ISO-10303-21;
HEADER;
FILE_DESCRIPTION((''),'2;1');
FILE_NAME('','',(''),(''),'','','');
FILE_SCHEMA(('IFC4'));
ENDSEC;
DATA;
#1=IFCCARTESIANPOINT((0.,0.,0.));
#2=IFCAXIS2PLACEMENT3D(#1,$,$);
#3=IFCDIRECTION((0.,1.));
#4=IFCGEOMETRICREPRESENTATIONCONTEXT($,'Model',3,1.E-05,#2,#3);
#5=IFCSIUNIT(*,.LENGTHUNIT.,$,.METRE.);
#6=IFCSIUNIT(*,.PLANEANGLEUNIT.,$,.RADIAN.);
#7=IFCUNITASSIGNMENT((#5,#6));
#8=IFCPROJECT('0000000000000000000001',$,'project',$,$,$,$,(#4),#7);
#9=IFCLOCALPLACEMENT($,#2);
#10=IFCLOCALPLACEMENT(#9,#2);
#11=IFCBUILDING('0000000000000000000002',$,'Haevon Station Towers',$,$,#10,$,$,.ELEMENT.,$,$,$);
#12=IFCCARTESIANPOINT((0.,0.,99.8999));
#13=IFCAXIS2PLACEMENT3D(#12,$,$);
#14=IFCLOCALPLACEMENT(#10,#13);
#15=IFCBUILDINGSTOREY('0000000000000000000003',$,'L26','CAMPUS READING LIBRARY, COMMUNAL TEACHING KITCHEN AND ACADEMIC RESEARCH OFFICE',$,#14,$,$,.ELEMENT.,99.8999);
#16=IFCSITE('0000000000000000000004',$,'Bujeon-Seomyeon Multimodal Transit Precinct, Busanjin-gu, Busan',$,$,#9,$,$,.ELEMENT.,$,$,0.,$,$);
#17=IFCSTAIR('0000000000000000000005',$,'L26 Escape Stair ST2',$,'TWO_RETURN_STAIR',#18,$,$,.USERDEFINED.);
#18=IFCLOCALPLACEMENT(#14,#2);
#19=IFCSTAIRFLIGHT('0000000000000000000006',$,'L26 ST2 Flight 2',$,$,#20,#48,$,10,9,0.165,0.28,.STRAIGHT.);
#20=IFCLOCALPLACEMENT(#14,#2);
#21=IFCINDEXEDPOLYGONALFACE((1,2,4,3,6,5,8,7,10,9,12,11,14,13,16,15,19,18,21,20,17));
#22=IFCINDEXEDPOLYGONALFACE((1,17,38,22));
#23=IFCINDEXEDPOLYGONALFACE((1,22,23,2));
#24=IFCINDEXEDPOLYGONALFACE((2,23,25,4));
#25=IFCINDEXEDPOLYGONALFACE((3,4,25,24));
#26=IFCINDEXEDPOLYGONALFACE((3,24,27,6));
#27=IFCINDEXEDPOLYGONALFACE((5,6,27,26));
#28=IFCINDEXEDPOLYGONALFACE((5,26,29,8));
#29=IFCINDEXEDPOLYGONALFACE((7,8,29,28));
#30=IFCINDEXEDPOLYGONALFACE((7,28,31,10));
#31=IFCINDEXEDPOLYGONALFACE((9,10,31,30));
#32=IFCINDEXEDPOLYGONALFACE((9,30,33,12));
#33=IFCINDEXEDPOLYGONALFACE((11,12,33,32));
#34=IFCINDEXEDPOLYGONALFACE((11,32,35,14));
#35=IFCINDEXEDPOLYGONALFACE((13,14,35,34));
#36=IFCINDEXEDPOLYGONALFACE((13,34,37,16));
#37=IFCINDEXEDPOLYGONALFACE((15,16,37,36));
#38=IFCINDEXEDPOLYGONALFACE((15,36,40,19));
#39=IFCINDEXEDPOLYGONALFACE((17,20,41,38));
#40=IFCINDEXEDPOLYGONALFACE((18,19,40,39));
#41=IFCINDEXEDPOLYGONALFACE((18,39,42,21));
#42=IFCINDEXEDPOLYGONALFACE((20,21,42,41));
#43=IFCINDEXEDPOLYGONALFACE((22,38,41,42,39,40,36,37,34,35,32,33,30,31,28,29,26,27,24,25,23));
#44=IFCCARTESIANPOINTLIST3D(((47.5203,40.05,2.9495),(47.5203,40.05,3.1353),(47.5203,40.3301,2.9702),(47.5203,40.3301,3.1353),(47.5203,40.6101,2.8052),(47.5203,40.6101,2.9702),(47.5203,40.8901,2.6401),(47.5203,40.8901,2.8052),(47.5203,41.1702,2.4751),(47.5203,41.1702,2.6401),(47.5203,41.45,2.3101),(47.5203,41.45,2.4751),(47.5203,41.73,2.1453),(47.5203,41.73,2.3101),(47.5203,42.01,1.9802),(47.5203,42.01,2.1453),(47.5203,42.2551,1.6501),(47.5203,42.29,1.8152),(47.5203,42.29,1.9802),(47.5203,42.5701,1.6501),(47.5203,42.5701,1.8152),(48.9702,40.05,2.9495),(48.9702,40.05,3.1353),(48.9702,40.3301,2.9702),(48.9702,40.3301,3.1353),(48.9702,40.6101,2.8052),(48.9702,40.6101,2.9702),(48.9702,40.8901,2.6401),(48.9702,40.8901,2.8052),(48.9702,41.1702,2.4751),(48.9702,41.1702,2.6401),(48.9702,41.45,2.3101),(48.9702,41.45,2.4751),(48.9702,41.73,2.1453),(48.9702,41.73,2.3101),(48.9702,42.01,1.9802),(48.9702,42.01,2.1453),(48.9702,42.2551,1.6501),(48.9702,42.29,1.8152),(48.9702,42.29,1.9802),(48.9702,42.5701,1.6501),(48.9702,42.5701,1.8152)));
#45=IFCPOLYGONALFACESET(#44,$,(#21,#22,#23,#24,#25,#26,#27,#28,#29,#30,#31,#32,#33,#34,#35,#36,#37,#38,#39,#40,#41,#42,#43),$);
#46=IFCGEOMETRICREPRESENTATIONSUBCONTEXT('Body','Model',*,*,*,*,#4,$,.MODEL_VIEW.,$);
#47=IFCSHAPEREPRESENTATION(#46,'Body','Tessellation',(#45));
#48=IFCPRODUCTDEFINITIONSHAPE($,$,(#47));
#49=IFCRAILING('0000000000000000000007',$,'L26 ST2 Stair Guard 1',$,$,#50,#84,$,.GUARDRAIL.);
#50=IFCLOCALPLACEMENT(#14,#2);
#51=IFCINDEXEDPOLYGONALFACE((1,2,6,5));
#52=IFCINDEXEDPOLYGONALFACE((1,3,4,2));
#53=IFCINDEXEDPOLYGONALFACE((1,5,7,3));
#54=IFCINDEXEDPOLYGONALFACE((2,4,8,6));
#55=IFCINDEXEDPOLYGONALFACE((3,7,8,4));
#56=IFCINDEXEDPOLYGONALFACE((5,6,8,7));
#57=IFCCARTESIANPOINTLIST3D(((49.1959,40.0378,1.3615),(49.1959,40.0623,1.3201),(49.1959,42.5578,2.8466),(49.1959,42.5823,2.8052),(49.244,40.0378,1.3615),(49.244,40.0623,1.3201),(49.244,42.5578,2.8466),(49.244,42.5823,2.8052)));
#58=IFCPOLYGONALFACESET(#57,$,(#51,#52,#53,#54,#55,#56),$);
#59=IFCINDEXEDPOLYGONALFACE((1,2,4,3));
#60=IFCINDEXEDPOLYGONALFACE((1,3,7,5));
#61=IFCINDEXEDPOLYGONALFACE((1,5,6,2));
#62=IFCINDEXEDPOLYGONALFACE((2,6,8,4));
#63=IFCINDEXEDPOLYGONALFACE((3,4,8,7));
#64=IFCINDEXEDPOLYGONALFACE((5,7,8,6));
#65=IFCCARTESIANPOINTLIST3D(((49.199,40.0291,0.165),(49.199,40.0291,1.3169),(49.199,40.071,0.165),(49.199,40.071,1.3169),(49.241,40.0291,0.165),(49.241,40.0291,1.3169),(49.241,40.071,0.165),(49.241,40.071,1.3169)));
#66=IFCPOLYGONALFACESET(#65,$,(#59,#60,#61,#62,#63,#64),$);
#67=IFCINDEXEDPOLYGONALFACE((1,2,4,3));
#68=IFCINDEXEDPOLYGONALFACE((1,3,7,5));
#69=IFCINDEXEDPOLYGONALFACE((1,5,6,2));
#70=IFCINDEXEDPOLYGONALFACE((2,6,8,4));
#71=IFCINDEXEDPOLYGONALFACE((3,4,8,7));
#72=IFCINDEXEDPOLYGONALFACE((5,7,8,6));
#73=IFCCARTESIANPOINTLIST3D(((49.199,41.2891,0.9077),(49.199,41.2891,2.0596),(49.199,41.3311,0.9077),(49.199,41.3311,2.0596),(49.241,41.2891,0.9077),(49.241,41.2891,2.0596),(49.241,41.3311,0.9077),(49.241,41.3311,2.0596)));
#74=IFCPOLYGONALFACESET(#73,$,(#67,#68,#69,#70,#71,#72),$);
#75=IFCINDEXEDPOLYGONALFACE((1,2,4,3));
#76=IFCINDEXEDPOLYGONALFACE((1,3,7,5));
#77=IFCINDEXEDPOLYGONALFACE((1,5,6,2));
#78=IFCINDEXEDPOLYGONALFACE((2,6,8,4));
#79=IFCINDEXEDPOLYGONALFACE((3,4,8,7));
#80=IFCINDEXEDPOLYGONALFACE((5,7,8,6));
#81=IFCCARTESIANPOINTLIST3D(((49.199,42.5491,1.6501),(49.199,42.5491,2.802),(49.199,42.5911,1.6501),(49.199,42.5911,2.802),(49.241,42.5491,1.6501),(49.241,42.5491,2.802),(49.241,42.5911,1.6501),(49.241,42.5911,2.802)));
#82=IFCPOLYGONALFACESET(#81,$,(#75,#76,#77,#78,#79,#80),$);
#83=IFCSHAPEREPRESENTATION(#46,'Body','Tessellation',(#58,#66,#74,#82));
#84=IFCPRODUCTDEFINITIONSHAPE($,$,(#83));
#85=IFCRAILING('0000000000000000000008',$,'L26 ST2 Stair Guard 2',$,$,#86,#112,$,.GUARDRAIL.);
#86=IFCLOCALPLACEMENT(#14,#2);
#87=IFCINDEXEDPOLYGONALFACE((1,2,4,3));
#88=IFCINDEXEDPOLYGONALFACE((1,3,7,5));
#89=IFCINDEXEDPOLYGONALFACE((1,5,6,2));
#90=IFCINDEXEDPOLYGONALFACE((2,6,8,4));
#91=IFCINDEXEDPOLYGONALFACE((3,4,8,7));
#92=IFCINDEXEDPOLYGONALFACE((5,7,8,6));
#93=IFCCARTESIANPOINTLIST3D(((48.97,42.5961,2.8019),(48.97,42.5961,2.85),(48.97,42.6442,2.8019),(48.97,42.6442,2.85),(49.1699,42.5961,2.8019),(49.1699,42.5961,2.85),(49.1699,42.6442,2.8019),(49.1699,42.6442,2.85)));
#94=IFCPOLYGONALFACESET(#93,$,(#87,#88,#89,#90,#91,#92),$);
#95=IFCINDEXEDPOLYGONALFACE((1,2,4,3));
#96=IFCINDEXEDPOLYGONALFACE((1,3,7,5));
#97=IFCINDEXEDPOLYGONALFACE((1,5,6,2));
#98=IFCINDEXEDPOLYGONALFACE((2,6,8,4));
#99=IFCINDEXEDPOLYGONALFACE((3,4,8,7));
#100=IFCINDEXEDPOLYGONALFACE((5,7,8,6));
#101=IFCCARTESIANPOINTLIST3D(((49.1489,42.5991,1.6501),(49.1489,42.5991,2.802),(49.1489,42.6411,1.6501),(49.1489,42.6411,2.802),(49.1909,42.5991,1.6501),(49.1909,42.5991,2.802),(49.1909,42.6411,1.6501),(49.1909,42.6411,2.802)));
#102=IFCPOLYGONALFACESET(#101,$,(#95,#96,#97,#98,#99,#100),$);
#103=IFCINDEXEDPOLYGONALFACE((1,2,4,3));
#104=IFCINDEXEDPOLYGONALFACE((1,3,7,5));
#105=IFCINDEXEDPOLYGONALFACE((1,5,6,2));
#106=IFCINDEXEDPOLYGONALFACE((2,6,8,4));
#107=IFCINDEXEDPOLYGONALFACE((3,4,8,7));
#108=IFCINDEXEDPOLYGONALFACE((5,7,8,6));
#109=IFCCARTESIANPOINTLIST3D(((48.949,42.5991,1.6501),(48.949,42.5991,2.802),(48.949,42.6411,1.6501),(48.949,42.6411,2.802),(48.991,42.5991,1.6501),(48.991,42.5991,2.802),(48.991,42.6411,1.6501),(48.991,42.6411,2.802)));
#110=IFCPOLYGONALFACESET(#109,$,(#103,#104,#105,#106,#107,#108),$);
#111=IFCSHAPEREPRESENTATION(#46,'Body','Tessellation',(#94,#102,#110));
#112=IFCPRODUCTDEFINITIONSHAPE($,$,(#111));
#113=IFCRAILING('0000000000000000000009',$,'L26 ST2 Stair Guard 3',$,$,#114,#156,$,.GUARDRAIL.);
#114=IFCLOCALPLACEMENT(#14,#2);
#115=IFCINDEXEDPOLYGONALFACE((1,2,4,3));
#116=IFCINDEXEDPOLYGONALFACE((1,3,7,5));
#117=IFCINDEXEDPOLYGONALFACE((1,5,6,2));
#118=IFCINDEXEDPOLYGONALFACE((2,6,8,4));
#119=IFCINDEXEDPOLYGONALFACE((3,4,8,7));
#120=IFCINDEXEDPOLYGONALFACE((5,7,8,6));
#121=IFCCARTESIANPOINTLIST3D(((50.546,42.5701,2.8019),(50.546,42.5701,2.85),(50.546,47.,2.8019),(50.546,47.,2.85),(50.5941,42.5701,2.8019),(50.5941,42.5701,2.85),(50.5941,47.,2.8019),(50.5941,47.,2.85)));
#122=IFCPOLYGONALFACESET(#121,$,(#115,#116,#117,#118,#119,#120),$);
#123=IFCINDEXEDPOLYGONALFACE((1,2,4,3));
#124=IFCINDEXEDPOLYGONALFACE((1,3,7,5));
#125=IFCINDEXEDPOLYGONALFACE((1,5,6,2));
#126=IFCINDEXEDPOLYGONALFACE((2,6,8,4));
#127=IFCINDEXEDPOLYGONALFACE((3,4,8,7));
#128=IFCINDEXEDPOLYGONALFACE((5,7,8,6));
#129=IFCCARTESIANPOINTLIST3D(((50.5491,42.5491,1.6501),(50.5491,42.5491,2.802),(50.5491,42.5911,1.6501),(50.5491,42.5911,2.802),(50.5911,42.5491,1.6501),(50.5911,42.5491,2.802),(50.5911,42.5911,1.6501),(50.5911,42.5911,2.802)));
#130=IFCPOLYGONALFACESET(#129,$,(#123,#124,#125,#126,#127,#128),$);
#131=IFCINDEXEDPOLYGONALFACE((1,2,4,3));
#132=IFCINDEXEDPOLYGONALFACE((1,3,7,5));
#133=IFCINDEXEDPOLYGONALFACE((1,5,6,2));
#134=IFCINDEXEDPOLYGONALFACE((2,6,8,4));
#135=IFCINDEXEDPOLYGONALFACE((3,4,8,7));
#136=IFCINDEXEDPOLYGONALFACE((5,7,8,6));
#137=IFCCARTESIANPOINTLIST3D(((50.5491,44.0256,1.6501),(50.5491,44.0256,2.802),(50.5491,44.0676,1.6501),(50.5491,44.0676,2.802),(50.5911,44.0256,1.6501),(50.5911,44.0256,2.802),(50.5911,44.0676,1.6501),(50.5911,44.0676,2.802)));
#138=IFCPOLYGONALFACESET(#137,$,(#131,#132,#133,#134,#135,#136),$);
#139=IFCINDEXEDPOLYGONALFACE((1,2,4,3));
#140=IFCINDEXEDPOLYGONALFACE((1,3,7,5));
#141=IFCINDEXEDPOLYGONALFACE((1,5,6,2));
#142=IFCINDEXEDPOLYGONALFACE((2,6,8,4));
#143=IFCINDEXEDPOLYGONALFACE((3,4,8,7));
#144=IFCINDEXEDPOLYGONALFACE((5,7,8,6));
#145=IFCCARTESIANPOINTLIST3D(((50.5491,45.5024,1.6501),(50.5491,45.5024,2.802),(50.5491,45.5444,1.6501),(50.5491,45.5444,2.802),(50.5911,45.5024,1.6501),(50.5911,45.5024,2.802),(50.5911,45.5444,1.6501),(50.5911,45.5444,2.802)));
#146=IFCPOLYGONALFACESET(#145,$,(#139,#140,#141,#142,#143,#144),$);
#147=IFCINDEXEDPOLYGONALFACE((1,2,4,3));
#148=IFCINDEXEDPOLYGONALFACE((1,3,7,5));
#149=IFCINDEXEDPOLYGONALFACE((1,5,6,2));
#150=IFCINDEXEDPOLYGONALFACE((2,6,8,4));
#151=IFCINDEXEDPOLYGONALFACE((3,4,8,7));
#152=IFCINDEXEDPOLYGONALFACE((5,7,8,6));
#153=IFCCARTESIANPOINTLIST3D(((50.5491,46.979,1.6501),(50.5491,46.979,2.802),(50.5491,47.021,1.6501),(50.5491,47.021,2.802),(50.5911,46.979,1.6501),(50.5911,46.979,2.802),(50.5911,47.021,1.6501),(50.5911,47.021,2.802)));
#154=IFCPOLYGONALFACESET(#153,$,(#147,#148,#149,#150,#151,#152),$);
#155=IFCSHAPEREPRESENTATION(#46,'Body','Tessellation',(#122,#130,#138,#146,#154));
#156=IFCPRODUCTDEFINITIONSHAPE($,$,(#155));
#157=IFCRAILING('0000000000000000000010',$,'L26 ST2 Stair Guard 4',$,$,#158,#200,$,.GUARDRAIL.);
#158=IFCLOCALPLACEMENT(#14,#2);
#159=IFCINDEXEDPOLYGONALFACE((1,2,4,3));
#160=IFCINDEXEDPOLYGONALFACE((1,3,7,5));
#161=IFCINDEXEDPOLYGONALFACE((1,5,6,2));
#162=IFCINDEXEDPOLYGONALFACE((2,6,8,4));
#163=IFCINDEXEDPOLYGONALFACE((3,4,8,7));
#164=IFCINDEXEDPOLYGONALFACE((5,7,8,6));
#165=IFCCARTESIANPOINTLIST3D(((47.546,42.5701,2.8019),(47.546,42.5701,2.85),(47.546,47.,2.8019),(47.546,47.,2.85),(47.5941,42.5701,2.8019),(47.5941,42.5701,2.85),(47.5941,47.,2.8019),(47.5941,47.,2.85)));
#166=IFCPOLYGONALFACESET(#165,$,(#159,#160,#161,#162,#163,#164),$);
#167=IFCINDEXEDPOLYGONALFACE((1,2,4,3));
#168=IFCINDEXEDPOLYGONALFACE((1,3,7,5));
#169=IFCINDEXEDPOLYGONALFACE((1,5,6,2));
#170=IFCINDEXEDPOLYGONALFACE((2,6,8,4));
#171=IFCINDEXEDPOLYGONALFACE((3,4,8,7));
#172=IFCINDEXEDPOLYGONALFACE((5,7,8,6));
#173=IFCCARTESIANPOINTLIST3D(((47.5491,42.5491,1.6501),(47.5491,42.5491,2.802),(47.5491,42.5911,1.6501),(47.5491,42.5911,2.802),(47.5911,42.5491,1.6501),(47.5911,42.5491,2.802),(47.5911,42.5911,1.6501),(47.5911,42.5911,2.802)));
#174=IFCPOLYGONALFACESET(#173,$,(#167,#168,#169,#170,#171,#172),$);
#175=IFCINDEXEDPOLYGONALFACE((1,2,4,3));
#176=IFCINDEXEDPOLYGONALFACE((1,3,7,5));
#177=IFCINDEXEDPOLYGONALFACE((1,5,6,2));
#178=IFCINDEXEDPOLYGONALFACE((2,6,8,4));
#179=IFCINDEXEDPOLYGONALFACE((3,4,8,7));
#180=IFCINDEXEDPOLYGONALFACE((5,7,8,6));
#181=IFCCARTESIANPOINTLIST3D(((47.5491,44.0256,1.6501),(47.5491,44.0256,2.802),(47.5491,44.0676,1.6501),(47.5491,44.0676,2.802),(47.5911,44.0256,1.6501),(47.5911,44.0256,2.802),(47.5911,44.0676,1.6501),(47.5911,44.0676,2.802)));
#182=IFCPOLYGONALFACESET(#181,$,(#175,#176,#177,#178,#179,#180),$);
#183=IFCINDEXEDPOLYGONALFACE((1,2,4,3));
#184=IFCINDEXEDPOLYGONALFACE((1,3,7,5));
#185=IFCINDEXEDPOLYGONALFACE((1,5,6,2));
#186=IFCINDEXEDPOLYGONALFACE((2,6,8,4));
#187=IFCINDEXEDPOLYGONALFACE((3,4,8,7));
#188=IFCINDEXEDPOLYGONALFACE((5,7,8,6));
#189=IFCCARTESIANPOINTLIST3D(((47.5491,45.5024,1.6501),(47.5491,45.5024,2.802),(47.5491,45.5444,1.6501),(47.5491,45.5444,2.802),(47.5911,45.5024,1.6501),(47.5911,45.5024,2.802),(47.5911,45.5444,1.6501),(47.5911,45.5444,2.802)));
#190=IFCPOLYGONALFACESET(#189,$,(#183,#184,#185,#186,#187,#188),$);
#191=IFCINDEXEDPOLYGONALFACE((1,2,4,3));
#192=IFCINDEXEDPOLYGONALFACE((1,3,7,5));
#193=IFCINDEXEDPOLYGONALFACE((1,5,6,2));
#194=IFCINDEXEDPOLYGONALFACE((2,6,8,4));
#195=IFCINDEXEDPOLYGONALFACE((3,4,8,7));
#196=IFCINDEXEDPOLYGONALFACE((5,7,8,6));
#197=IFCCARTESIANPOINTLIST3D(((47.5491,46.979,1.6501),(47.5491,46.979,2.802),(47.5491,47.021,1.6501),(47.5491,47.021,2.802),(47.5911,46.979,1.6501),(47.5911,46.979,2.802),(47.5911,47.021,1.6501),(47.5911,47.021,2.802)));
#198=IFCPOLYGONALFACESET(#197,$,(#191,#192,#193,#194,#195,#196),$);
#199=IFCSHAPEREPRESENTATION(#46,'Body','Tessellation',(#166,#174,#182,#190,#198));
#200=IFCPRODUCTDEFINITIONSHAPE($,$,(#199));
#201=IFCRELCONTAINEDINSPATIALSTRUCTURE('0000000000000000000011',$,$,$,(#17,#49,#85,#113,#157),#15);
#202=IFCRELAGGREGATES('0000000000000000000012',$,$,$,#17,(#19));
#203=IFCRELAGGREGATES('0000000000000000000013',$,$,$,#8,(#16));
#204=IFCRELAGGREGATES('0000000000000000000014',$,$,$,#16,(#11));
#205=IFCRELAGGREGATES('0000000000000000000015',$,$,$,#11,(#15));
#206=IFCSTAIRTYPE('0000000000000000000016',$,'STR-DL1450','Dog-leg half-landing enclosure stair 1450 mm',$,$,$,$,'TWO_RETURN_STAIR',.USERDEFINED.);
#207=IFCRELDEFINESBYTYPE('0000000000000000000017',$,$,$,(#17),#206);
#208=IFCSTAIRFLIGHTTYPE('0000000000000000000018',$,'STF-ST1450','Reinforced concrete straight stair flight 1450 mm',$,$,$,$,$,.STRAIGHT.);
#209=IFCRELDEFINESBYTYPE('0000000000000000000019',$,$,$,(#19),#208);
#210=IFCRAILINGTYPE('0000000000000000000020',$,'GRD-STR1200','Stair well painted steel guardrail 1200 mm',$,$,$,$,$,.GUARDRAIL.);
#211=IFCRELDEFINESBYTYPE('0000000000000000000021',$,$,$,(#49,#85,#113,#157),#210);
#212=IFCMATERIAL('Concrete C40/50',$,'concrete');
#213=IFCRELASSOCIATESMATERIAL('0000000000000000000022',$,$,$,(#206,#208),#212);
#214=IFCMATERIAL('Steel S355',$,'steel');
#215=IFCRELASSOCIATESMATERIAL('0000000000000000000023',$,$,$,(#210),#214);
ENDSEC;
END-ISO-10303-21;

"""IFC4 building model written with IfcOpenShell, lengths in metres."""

from ifc_helpers import new_model, si_unit, direction, frame, origin, origin_2d, place, context, subcontext, project, spatial, polyline, rectangle, outline, extrude, material, type_object, element, aggregate, save


model = new_model("IFC4")

# Units and contexts
model_context = context("Model", 3, precision=1e-05, world=origin(), true_north=direction((0.0, 1.0)))
body_context = subcontext(model_context, "Body", "Model", "MODEL_VIEW")
ifc_project = project(units=[si_unit("LENGTHUNIT", "METRE"), si_unit("PLANEANGLEUNIT", "RADIAN")], contexts=[model_context])

# Site, building, storey
site_placement = place(None, origin())
site = spatial("IfcSite", under=ifc_project, at=site_placement, Name="Bujeon-Seomyeon Multimodal Transit Precinct, Busanjin-gu, Busan", CompositionType="ELEMENT", RefElevation=0.0)
building_placement = place(site_placement, origin())
building = spatial("IfcBuilding", under=site, at=building_placement, Name="Haevon Station Towers", CompositionType="ELEMENT")
storey_placement = place(building_placement, frame((0.0, 0.0, 99.8999)))
storey = spatial("IfcBuildingStorey", under=building, at=storey_placement, Name="L26", Description="CAMPUS READING LIBRARY, COMMUNAL TEACHING KITCHEN AND ACADEMIC RESEARCH OFFICE", CompositionType="ELEMENT", Elevation=99.8999)

# Shared definitions
ifc_material_1 = material(Name="Steel S355", Category="steel")

# Shared definitions
ifc_material_2 = material(Name="Concrete C40/50", Category="concrete")

# Stair, stair flight
stair_type = type_object("IfcStairType", Name="STR-DL1450", Description="Dog-leg half-landing enclosure stair 1450 mm", ElementType="TWO_RETURN_STAIR", PredefinedType="USERDEFINED", material=ifc_material_2)
stair_placement = place(storey_placement, origin())
stair = element("IfcStair", 1, at=stair_placement, inside=storey, type_object=stair_type, Name="L26 Escape Stair ST2", ObjectType="TWO_RETURN_STAIR", PredefinedType="USERDEFINED")
stair_flight_type = type_object("IfcStairFlightType", Name="STF-ST1450", Description="Reinforced concrete straight stair flight 1450 mm", PredefinedType="STRAIGHT", material=ifc_material_2)
stair_flight_1_placement = place(storey_placement, frame((48.2451, 42.5701, 1.6501), z_axis=(0.0, 0.0, 1.0), x_axis=(0.0, -1.0, 0.0)))
stair_flight_1 = element("IfcStairFlight", 2, at=stair_flight_1_placement, type_object=stair_flight_type, Name="L26 ST2 Flight 2", NumberOfRisers=10, NumberOfTreads=9, PredefinedType="STRAIGHT", RiserHeight=0.165, TreadLength=0.28, context=body_context, shape_type="SweptSolid", body=[
    extrude(outline(polyline([(0.0, 0.0), (0.0, 0.165), (0.28, 0.165), (0.28, 0.3301), (0.5601, 0.3301), (0.5601, 0.4951), (0.8401, 0.4951), (0.8401, 0.6599), (1.1201, 0.6599), (1.1201, 0.825), (1.3999, 0.825), (1.3999, 0.99), (1.6799, 0.99), (1.6799, 1.155), (1.96, 1.155), (1.96, 1.3201), (2.24, 1.3201), (2.24, 1.4851), (2.52, 1.4851), (2.52, 1.6499), (2.52, 1.2993), (0.3149, 0.0), (0.0, 0.0)])), frame((0.0, 0.7251, 0.0), z_axis=(0.0, -1.0, 0.0), x_axis=(1.0, 0.0, 0.0)), (0.0, 0.0, 1.0), 1.45),
])
aggregate(stair, [stair_flight_1])

# Railings
railing_type_1 = type_object("IfcRailingType", Name="GRD-STR1200", Description="Stair well painted steel guardrail 1200 mm", PredefinedType="GUARDRAIL", material=ifc_material_1)
railing_1_placement = place(storey_placement, frame((49.22, 40.05, 0.165)))
element("IfcRailing", 3, at=railing_1_placement, inside=storey, type_object=railing_type_1, Name="L26 ST2 Stair Guard 1", PredefinedType="GUARDRAIL", context=body_context, shape_type="SweptSolid", body=[
    extrude(rectangle(XDim=0.0481, YDim=0.0481, at=origin_2d()), frame((0.0, 0.0, 1.1758), z_axis=(0.0, 0.861524, 0.507717), x_axis=(-1.0, 0.0, 0.0)), (0.0, 0.0, 1.0), 2.925),
    extrude(rectangle(XDim=0.042, YDim=0.042, at=origin_2d()), origin(), (0.0, 0.0, 1.0), 1.1519),
    extrude(rectangle(XDim=0.042, YDim=0.042, at=origin_2d()), frame((0.0, 1.26, 0.7427)), (0.0, 0.0, 1.0), 1.1519),
    extrude(rectangle(XDim=0.042, YDim=0.042, at=origin_2d()), frame((0.0, 2.52, 1.4851)), (0.0, 0.0, 1.0), 1.1519),
])
railing_2_placement = place(storey_placement, frame((49.1699, 42.6201, 1.6501)))
element("IfcRailing", 4, at=railing_2_placement, inside=storey, type_object=railing_type_1, Name="L26 ST2 Stair Guard 2", PredefinedType="GUARDRAIL", context=body_context, shape_type="SweptSolid", body=[
    extrude(rectangle(XDim=0.0481, YDim=0.0481, at=origin_2d()), frame((0.0, 0.0, 1.1758), z_axis=(-1.0, 0.0, 0.0), x_axis=(0.0, -1.0, 0.0)), (0.0, 0.0, 1.0), 0.2),
    extrude(rectangle(XDim=0.042, YDim=0.042, at=origin_2d()), origin(), (0.0, 0.0, 1.0), 1.1519),
    extrude(rectangle(XDim=0.042, YDim=0.042, at=origin_2d()), frame((-0.2, 0.0, 0.0)), (0.0, 0.0, 1.0), 1.1519),
])
for number, where, name in (
    (5, (50.5701, 42.5701, 1.6501), "L26 ST2 Stair Guard 3"),
    (6, (47.5701, 42.5701, 1.6501), "L26 ST2 Stair Guard 4"),
):
    element("IfcRailing", number, at=place(storey_placement, frame(where)), inside=storey, type_object=railing_type_1, Name=name, PredefinedType="GUARDRAIL", context=body_context, shape_type="SweptSolid", body=[
        extrude(rectangle(XDim=0.0481, YDim=0.0481, at=origin_2d()), frame((0.0, 0.0, 1.1758), z_axis=(0.0, 1.0, 0.0), x_axis=(-1.0, 0.0, 0.0)), (0.0, 0.0, 1.0), 4.4299),
        extrude(rectangle(XDim=0.042, YDim=0.042, at=origin_2d()), origin(), (0.0, 0.0, 1.0), 1.1519),
        extrude(rectangle(XDim=0.042, YDim=0.042, at=origin_2d()), frame((0.0, 1.4766, 0.0)), (0.0, 0.0, 1.0), 1.1519),
        extrude(rectangle(XDim=0.042, YDim=0.042, at=origin_2d()), frame((0.0, 2.9534, 0.0)), (0.0, 0.0, 1.0), 1.1519),
        extrude(rectangle(XDim=0.042, YDim=0.042, at=origin_2d()), frame((0.0, 4.4299, 0.0)), (0.0, 0.0, 1.0), 1.1519),
    ])

save(model, "model.ifc")
